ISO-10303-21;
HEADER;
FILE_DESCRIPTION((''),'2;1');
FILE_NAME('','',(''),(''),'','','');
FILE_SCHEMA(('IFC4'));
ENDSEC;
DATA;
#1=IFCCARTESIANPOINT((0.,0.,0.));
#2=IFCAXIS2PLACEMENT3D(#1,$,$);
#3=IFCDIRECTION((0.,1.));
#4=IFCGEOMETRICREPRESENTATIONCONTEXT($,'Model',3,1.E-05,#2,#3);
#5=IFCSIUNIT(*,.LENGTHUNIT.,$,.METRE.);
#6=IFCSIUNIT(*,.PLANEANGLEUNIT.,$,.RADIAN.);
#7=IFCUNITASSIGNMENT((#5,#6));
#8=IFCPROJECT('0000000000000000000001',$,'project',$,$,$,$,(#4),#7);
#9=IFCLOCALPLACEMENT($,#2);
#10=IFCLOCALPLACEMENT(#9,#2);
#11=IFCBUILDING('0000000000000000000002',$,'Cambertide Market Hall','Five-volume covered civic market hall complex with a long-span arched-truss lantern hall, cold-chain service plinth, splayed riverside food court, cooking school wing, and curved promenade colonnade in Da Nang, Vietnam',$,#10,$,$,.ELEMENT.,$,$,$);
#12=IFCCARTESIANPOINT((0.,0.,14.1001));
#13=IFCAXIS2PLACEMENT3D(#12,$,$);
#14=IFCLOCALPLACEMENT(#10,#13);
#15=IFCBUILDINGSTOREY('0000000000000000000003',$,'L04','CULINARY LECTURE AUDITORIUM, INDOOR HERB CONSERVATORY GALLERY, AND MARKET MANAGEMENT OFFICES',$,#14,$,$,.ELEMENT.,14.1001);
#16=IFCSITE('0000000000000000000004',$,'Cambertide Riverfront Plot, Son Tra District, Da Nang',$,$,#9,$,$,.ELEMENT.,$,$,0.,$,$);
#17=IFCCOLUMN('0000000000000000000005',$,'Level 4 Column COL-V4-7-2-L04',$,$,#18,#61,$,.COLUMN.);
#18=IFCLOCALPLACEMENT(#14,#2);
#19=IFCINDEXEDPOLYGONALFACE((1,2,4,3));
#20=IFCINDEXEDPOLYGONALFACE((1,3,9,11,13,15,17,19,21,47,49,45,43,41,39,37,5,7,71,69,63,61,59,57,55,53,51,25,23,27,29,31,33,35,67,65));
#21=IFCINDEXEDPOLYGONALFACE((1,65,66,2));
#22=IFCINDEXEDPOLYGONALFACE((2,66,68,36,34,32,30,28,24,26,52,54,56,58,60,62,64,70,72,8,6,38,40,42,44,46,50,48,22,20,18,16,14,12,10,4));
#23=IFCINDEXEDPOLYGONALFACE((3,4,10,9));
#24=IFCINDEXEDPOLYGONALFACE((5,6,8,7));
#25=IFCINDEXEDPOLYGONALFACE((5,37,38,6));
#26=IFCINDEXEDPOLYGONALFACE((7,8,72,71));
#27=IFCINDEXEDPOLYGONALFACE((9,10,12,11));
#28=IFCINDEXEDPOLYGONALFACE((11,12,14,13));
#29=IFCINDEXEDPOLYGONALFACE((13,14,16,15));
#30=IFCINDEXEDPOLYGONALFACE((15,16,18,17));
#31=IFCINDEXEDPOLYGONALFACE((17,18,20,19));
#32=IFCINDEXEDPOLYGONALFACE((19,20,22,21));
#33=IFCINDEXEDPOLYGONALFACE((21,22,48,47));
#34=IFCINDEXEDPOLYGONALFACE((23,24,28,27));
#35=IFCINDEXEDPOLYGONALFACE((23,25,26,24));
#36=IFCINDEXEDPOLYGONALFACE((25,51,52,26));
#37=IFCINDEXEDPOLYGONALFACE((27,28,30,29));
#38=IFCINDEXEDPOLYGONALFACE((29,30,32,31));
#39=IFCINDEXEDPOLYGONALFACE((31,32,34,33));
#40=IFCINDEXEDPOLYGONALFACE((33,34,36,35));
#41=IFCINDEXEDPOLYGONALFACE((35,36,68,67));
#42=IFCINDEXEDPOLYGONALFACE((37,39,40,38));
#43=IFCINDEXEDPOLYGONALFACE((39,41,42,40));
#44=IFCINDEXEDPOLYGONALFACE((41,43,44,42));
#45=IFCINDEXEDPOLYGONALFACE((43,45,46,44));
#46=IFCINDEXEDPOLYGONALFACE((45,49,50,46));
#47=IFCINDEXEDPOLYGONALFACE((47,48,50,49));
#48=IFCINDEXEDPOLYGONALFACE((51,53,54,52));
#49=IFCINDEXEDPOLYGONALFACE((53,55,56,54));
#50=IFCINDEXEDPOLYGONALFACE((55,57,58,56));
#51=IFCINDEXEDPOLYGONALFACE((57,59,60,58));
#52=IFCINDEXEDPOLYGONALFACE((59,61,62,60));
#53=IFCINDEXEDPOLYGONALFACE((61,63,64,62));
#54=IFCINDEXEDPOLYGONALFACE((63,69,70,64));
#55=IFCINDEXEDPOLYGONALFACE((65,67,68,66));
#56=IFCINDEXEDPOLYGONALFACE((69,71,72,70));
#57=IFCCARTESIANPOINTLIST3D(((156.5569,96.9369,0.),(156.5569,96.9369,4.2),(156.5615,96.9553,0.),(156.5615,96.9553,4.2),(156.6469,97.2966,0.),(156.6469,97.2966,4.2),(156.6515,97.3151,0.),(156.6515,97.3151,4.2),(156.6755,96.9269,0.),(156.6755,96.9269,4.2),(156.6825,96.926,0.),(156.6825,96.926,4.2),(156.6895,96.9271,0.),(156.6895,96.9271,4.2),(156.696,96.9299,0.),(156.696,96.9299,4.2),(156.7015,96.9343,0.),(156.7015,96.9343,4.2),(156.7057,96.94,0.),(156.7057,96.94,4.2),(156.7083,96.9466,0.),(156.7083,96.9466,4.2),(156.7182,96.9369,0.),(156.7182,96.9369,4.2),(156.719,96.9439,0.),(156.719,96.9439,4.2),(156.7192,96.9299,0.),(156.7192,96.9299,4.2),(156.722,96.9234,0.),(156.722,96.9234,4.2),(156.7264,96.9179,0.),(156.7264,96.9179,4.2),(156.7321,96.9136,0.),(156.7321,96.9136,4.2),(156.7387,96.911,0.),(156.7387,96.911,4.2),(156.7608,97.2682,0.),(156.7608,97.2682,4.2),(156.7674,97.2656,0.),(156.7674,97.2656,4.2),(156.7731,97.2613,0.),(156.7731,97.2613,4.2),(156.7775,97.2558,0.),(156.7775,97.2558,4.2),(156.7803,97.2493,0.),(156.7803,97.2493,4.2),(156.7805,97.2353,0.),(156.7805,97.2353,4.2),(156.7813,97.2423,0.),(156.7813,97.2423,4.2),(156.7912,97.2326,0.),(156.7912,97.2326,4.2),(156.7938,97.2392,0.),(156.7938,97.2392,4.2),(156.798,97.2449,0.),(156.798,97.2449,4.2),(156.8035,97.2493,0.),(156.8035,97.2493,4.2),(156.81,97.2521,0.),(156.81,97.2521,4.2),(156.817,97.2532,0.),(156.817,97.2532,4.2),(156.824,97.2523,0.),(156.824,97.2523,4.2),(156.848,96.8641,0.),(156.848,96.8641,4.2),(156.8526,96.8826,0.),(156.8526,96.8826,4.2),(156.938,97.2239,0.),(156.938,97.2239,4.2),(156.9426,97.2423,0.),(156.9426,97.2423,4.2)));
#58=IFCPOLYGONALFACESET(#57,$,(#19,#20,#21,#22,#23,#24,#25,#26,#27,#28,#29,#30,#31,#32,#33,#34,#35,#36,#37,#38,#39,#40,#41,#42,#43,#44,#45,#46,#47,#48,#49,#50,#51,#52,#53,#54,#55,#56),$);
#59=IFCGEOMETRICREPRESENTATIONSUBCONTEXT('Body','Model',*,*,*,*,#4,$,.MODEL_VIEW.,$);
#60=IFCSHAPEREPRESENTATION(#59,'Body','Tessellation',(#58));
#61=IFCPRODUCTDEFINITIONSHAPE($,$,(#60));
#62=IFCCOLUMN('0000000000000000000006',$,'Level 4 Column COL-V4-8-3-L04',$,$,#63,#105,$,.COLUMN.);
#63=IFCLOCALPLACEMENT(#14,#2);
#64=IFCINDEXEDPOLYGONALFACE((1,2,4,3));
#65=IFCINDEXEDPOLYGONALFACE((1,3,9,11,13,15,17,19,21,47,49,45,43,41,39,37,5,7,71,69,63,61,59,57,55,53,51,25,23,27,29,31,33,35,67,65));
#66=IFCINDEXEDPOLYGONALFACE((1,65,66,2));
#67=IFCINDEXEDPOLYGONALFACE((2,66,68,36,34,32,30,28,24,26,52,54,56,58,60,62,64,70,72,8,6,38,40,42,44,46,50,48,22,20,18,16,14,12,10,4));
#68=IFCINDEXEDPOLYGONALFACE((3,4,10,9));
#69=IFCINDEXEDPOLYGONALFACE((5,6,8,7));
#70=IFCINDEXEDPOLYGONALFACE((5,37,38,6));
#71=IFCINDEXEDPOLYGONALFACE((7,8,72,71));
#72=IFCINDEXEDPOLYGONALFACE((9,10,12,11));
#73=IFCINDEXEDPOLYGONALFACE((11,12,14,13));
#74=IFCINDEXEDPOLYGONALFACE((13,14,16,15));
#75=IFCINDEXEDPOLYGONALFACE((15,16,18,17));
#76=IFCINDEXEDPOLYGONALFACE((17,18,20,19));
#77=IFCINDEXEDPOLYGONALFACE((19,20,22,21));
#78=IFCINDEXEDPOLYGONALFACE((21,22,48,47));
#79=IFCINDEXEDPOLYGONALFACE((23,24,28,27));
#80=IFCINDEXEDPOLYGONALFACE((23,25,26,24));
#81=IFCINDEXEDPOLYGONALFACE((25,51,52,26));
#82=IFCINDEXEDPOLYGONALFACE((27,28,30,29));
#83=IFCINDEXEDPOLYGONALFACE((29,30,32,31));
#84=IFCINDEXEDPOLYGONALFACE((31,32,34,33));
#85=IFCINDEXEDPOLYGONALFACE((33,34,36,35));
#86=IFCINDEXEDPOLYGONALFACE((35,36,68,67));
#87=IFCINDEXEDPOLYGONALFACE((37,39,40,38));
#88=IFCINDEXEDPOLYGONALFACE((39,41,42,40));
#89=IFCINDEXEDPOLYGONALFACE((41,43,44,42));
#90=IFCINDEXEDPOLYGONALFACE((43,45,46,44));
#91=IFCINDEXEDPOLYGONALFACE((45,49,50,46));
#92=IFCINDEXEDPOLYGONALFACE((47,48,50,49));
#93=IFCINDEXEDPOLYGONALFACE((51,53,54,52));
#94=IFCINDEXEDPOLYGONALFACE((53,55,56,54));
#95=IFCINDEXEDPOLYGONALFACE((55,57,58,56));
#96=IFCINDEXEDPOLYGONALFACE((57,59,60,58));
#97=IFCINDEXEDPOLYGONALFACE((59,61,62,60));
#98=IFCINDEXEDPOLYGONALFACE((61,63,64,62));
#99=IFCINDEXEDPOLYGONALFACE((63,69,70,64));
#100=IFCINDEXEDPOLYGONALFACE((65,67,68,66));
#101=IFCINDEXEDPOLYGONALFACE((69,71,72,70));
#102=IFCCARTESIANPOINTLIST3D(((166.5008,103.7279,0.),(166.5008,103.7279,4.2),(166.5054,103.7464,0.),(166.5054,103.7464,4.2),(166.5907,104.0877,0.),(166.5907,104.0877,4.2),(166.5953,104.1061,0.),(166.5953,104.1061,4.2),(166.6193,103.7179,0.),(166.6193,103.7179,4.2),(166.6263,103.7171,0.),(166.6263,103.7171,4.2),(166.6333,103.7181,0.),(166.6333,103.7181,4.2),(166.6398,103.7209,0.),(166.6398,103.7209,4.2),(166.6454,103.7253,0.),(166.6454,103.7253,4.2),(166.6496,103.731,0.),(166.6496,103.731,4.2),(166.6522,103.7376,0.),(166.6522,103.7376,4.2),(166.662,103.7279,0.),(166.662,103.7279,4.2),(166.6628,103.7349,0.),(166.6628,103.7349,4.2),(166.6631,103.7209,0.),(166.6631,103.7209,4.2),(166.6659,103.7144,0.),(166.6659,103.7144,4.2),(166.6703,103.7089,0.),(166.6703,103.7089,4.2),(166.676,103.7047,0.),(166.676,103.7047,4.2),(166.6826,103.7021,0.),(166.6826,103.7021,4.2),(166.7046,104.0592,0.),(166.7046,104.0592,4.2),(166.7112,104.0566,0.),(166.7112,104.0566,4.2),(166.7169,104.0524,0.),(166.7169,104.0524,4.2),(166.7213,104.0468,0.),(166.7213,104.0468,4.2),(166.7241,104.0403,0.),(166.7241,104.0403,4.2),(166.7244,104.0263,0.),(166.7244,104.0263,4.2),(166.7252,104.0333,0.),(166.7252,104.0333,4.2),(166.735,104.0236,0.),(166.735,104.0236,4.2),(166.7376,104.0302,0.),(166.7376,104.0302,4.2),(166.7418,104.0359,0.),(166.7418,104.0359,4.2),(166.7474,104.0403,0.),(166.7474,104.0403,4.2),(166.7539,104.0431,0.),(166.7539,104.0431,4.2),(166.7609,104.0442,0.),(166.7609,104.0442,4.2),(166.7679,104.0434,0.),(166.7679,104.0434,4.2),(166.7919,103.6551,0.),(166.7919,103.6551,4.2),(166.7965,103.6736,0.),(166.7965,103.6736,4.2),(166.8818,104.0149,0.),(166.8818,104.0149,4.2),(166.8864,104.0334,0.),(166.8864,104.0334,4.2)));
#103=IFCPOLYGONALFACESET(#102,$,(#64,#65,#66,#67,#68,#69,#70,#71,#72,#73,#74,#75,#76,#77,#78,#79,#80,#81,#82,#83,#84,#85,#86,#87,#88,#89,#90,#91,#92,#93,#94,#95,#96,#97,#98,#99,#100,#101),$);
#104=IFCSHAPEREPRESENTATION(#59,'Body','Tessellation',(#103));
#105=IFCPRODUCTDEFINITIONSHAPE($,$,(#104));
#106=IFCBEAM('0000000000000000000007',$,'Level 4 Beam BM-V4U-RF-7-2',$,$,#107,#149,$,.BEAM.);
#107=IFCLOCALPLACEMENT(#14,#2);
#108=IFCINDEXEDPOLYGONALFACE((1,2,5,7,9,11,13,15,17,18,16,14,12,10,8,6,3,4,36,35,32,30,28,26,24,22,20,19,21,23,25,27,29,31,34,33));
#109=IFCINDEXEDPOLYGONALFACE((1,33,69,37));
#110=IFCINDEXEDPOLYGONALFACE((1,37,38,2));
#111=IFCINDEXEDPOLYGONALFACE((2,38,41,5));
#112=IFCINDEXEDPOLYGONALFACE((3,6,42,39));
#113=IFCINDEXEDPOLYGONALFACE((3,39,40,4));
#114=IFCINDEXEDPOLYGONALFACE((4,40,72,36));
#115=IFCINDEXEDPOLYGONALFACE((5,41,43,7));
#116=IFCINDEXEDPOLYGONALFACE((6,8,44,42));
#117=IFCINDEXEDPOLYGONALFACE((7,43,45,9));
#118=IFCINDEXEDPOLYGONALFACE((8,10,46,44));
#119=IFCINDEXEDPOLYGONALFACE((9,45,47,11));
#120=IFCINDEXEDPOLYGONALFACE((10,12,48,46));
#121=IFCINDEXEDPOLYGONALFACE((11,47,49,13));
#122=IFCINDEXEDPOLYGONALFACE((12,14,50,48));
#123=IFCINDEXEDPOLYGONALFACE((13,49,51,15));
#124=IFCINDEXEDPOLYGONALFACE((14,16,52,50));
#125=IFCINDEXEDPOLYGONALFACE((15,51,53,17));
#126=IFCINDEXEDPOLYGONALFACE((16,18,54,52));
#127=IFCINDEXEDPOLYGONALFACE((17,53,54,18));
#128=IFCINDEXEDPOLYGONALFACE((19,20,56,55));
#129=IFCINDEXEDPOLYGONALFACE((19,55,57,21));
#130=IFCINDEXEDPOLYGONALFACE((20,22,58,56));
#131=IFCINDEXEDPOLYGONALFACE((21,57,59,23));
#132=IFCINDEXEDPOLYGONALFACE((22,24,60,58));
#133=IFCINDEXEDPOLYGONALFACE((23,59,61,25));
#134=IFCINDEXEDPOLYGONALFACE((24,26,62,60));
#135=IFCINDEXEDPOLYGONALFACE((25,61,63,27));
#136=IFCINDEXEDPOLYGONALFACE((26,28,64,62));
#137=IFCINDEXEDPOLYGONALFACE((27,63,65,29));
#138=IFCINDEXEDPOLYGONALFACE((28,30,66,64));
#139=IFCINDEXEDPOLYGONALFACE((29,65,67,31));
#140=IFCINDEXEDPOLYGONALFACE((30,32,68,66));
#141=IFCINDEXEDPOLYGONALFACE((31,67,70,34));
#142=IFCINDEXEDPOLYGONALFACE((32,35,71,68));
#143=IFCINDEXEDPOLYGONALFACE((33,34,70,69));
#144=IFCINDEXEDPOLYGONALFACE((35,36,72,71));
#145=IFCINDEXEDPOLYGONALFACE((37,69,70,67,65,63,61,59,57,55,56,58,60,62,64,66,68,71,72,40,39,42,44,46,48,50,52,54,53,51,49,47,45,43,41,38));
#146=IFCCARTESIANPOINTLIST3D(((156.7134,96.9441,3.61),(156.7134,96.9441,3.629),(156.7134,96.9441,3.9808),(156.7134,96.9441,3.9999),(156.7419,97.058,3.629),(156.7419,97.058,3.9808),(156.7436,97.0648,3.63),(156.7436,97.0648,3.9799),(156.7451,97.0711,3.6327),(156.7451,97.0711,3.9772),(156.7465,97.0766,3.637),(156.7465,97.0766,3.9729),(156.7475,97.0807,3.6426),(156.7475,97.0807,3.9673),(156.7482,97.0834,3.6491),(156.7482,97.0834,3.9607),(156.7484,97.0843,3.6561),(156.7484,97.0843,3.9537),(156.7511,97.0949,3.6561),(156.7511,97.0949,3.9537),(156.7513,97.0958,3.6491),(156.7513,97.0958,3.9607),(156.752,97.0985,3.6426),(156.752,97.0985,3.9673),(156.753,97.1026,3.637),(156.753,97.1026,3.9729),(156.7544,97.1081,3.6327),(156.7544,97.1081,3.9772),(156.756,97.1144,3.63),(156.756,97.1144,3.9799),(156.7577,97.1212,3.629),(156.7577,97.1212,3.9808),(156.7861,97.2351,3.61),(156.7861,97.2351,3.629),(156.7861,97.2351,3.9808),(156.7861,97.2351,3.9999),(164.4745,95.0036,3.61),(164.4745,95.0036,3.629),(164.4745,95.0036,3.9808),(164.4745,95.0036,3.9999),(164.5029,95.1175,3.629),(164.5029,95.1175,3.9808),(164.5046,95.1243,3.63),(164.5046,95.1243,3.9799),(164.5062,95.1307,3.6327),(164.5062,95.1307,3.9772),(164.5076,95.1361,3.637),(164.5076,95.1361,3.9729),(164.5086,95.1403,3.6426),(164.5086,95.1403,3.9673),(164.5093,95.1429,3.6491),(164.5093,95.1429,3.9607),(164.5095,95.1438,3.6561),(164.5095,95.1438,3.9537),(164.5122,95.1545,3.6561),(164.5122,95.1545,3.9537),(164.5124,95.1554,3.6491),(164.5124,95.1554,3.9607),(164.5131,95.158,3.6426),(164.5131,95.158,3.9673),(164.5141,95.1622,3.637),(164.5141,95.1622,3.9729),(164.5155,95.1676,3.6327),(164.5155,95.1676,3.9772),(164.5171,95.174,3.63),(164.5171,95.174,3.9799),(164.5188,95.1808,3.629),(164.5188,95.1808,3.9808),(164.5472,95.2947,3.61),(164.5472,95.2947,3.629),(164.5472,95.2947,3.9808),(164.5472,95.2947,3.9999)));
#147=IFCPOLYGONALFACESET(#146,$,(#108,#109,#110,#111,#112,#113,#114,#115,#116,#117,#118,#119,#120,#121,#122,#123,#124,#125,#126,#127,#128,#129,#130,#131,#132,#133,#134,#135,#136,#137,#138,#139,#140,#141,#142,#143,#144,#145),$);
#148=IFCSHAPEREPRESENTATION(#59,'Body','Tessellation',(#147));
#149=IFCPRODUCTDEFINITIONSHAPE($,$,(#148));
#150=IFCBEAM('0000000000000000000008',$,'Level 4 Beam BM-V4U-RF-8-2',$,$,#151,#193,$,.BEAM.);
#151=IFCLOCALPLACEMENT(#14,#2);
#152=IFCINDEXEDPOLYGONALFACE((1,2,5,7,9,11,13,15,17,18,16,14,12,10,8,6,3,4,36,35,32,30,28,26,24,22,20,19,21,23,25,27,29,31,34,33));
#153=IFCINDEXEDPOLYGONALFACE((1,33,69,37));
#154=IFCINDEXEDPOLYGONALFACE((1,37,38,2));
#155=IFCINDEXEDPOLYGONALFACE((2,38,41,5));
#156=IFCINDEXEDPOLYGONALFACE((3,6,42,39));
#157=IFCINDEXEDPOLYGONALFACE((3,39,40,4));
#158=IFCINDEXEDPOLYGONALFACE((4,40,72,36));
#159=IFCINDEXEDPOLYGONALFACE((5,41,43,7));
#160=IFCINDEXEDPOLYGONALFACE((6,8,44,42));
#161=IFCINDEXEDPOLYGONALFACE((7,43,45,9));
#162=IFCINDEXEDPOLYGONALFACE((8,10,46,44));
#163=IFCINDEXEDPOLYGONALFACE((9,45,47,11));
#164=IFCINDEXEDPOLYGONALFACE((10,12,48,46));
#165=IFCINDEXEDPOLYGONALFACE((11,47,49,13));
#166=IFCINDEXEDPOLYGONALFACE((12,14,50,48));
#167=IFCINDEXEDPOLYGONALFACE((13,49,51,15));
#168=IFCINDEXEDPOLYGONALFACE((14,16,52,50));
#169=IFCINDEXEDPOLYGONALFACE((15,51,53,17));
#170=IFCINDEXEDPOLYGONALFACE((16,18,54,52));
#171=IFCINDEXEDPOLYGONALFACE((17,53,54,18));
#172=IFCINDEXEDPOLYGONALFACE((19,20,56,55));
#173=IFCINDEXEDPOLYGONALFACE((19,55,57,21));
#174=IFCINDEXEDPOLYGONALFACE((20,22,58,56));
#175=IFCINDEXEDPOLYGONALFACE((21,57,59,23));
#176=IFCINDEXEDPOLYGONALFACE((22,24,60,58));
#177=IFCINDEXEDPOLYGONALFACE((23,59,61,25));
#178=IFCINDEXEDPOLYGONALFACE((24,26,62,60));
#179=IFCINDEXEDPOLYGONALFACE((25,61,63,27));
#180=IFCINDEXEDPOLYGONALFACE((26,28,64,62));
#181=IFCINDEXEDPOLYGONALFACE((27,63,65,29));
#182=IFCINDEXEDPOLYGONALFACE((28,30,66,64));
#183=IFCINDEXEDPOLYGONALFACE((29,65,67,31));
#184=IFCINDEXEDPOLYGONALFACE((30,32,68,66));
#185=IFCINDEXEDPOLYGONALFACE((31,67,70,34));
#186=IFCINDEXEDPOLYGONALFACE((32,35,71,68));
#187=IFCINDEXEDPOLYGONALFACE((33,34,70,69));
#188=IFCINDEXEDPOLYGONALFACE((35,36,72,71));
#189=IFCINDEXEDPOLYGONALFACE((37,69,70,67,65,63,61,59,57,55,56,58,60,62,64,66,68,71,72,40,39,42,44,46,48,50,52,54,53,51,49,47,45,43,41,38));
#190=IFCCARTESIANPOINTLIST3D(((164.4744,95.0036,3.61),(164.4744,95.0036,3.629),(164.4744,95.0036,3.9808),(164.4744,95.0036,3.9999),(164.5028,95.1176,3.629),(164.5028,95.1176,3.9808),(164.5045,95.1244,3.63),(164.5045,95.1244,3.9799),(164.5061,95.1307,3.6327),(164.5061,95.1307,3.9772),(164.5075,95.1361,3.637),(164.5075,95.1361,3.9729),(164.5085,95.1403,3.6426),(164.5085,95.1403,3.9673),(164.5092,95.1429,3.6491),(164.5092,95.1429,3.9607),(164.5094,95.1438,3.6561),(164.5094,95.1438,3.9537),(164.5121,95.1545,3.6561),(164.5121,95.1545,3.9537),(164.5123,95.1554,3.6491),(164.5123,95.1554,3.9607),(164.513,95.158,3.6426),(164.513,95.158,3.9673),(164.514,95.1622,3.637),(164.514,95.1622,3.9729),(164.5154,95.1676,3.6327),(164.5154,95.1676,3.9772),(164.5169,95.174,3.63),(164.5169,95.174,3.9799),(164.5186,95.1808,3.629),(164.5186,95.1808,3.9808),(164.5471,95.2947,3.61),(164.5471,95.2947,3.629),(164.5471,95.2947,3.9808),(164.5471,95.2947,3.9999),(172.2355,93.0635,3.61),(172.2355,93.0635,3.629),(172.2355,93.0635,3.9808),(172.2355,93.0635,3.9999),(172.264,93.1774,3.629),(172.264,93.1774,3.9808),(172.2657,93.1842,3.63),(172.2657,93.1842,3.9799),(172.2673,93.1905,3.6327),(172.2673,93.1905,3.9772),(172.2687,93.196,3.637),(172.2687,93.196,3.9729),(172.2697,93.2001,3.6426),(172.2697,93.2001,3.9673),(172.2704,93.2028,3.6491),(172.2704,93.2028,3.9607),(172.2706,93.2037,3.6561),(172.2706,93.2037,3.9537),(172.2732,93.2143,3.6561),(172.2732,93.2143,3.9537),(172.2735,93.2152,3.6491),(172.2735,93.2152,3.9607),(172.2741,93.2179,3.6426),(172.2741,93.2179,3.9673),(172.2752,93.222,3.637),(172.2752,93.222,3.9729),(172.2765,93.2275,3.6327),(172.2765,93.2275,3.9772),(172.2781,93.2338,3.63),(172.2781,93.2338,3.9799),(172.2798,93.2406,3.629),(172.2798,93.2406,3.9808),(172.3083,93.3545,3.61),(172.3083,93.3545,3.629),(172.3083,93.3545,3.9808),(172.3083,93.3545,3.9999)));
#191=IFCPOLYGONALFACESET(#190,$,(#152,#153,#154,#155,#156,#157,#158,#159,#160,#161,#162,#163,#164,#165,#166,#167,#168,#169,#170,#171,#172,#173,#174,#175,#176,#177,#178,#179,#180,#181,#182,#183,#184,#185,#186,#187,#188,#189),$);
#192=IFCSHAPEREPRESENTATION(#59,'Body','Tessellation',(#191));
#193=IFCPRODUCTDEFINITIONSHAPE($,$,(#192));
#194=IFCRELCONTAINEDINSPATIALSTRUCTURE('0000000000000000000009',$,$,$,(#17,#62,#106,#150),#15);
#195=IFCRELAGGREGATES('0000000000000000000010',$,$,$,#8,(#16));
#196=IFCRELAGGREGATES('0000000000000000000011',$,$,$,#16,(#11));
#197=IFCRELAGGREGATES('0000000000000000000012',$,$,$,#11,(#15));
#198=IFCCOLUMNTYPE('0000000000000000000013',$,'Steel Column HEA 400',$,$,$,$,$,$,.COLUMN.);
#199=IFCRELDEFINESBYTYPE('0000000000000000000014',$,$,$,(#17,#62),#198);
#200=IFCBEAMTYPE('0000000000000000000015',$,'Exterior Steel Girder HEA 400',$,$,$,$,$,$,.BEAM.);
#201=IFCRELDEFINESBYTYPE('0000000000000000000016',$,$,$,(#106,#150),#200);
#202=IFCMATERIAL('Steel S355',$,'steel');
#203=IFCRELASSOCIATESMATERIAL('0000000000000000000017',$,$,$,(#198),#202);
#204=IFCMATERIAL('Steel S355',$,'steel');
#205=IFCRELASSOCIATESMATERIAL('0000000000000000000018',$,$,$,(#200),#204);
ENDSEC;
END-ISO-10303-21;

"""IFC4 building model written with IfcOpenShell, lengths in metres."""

from ifc_helpers import new_model, si_unit, direction, frame, origin, origin_2d, place, context, subcontext, project, spatial, i_section, extrude, material, material_profile, profile_set, type_object, element, save


model = new_model("IFC4")

# Units and contexts
model_context = context("Model", 3, precision=1e-05, world=origin(), true_north=direction((0.0, 1.0)))
body_context = subcontext(model_context, "Body", "Model", "MODEL_VIEW")
ifc_project = project(units=[si_unit("LENGTHUNIT", "METRE"), si_unit("PLANEANGLEUNIT", "RADIAN")], contexts=[model_context])

# Site, building, storey
site_placement = place(None, origin())
site = spatial("IfcSite", under=ifc_project, at=site_placement, Name="Cambertide Riverfront Plot, Son Tra District, Da Nang", CompositionType="ELEMENT", RefElevation=0.0)
building_placement = place(site_placement, origin())
building = spatial("IfcBuilding", under=site, at=building_placement, Name="Cambertide Market Hall", Description="Five-volume covered civic market hall complex with a long-span arched-truss lantern hall, cold-chain service plinth, splayed riverside food court, cooking school wing, and curved promenade colonnade in Da Nang, Vietnam", CompositionType="ELEMENT")
storey_placement = place(building_placement, frame((0.0, 0.0, 14.1001)))
storey = spatial("IfcBuildingStorey", under=building, at=storey_placement, Name="L04", Description="CULINARY LECTURE AUDITORIUM, INDOOR HERB CONSERVATORY GALLERY, AND MARKET MANAGEMENT OFFICES", CompositionType="ELEMENT", Elevation=14.1001)

# Columns
ifc_material_1 = material(Name="Steel S355", Category="steel")
ifc_material_profile_1 = material_profile(ifc_material_1, i_section(OverallWidth=0.3, OverallDepth=0.3899, WebThickness=0.011, FlangeThickness=0.019, FilletRadius=0.0271, at=origin_2d()), Name="HEA 400")
ifc_profile_set_1 = profile_set([ifc_material_profile_1], Name="Steel S355")
column_type = type_object("IfcColumnType", Name="Steel Column HEA 400", PredefinedType="COLUMN", material=ifc_profile_set_1)
for number, where, z_axis, x_axis, name in (
    (1, (156.7498, 97.0896, 0.0), (0.0, 0.0, 1.0), (0.970143, -0.242536, 0.0), "Level 4 Column COL-V4-7-2-L04"),
    (2, (166.6936, 103.8806, 0.0), (0.0, 0.0, 1.0), (0.970143, -0.242536, 0.0), "Level 4 Column COL-V4-8-3-L04"),
):
    element("IfcColumn", number, at=place(storey_placement, frame(where, z_axis=z_axis, x_axis=x_axis)), inside=storey, type_object=column_type, Name=name, PredefinedType="COLUMN", context=body_context, shape_type="SweptSolid", body=[
        extrude(i_section(OverallWidth=0.3, OverallDepth=0.3899, WebThickness=0.011, FlangeThickness=0.019, FilletRadius=0.0271, at=origin_2d()), origin(), (0.0, 0.0, 1.0), 4.2),
    ])

# Beams
ifc_material_2 = material(Name="Steel S355", Category="steel")
ifc_material_profile_2 = material_profile(ifc_material_2, i_section(OverallWidth=0.3, OverallDepth=0.3899, WebThickness=0.011, FlangeThickness=0.019, FilletRadius=0.0271, at=origin_2d()), Name="HEA 400")
ifc_profile_set_2 = profile_set([ifc_material_profile_2], Name="Steel S355")
beam_type_1 = type_object("IfcBeamType", Name="Exterior Steel Girder HEA 400", PredefinedType="BEAM", material=ifc_profile_set_2)
for number, where, z_axis, x_axis, name in (
    (3, (156.7498, 97.0896, 3.8049), (0.970137, -0.242557, 0.0), (0.242557, 0.970137, 0.0), "Level 4 Beam BM-V4U-RF-7-2"),
    (4, (164.5107, 95.1492, 3.8049), (0.970146, -0.242521, 0.0), (0.242521, 0.970146, 0.0), "Level 4 Beam BM-V4U-RF-8-2"),
):
    element("IfcBeam", number, at=place(storey_placement, frame(where, z_axis=z_axis, x_axis=x_axis)), inside=storey, type_object=beam_type_1, Name=name, PredefinedType="BEAM", context=body_context, shape_type="SweptSolid", body=[
        extrude(i_section(OverallWidth=0.3, OverallDepth=0.3899, WebThickness=0.011, FlangeThickness=0.019, FilletRadius=0.0271, at=origin_2d()), origin(), (0.0, 0.0, 1.0), 8.0),
    ])

save(model, "model.ifc")
